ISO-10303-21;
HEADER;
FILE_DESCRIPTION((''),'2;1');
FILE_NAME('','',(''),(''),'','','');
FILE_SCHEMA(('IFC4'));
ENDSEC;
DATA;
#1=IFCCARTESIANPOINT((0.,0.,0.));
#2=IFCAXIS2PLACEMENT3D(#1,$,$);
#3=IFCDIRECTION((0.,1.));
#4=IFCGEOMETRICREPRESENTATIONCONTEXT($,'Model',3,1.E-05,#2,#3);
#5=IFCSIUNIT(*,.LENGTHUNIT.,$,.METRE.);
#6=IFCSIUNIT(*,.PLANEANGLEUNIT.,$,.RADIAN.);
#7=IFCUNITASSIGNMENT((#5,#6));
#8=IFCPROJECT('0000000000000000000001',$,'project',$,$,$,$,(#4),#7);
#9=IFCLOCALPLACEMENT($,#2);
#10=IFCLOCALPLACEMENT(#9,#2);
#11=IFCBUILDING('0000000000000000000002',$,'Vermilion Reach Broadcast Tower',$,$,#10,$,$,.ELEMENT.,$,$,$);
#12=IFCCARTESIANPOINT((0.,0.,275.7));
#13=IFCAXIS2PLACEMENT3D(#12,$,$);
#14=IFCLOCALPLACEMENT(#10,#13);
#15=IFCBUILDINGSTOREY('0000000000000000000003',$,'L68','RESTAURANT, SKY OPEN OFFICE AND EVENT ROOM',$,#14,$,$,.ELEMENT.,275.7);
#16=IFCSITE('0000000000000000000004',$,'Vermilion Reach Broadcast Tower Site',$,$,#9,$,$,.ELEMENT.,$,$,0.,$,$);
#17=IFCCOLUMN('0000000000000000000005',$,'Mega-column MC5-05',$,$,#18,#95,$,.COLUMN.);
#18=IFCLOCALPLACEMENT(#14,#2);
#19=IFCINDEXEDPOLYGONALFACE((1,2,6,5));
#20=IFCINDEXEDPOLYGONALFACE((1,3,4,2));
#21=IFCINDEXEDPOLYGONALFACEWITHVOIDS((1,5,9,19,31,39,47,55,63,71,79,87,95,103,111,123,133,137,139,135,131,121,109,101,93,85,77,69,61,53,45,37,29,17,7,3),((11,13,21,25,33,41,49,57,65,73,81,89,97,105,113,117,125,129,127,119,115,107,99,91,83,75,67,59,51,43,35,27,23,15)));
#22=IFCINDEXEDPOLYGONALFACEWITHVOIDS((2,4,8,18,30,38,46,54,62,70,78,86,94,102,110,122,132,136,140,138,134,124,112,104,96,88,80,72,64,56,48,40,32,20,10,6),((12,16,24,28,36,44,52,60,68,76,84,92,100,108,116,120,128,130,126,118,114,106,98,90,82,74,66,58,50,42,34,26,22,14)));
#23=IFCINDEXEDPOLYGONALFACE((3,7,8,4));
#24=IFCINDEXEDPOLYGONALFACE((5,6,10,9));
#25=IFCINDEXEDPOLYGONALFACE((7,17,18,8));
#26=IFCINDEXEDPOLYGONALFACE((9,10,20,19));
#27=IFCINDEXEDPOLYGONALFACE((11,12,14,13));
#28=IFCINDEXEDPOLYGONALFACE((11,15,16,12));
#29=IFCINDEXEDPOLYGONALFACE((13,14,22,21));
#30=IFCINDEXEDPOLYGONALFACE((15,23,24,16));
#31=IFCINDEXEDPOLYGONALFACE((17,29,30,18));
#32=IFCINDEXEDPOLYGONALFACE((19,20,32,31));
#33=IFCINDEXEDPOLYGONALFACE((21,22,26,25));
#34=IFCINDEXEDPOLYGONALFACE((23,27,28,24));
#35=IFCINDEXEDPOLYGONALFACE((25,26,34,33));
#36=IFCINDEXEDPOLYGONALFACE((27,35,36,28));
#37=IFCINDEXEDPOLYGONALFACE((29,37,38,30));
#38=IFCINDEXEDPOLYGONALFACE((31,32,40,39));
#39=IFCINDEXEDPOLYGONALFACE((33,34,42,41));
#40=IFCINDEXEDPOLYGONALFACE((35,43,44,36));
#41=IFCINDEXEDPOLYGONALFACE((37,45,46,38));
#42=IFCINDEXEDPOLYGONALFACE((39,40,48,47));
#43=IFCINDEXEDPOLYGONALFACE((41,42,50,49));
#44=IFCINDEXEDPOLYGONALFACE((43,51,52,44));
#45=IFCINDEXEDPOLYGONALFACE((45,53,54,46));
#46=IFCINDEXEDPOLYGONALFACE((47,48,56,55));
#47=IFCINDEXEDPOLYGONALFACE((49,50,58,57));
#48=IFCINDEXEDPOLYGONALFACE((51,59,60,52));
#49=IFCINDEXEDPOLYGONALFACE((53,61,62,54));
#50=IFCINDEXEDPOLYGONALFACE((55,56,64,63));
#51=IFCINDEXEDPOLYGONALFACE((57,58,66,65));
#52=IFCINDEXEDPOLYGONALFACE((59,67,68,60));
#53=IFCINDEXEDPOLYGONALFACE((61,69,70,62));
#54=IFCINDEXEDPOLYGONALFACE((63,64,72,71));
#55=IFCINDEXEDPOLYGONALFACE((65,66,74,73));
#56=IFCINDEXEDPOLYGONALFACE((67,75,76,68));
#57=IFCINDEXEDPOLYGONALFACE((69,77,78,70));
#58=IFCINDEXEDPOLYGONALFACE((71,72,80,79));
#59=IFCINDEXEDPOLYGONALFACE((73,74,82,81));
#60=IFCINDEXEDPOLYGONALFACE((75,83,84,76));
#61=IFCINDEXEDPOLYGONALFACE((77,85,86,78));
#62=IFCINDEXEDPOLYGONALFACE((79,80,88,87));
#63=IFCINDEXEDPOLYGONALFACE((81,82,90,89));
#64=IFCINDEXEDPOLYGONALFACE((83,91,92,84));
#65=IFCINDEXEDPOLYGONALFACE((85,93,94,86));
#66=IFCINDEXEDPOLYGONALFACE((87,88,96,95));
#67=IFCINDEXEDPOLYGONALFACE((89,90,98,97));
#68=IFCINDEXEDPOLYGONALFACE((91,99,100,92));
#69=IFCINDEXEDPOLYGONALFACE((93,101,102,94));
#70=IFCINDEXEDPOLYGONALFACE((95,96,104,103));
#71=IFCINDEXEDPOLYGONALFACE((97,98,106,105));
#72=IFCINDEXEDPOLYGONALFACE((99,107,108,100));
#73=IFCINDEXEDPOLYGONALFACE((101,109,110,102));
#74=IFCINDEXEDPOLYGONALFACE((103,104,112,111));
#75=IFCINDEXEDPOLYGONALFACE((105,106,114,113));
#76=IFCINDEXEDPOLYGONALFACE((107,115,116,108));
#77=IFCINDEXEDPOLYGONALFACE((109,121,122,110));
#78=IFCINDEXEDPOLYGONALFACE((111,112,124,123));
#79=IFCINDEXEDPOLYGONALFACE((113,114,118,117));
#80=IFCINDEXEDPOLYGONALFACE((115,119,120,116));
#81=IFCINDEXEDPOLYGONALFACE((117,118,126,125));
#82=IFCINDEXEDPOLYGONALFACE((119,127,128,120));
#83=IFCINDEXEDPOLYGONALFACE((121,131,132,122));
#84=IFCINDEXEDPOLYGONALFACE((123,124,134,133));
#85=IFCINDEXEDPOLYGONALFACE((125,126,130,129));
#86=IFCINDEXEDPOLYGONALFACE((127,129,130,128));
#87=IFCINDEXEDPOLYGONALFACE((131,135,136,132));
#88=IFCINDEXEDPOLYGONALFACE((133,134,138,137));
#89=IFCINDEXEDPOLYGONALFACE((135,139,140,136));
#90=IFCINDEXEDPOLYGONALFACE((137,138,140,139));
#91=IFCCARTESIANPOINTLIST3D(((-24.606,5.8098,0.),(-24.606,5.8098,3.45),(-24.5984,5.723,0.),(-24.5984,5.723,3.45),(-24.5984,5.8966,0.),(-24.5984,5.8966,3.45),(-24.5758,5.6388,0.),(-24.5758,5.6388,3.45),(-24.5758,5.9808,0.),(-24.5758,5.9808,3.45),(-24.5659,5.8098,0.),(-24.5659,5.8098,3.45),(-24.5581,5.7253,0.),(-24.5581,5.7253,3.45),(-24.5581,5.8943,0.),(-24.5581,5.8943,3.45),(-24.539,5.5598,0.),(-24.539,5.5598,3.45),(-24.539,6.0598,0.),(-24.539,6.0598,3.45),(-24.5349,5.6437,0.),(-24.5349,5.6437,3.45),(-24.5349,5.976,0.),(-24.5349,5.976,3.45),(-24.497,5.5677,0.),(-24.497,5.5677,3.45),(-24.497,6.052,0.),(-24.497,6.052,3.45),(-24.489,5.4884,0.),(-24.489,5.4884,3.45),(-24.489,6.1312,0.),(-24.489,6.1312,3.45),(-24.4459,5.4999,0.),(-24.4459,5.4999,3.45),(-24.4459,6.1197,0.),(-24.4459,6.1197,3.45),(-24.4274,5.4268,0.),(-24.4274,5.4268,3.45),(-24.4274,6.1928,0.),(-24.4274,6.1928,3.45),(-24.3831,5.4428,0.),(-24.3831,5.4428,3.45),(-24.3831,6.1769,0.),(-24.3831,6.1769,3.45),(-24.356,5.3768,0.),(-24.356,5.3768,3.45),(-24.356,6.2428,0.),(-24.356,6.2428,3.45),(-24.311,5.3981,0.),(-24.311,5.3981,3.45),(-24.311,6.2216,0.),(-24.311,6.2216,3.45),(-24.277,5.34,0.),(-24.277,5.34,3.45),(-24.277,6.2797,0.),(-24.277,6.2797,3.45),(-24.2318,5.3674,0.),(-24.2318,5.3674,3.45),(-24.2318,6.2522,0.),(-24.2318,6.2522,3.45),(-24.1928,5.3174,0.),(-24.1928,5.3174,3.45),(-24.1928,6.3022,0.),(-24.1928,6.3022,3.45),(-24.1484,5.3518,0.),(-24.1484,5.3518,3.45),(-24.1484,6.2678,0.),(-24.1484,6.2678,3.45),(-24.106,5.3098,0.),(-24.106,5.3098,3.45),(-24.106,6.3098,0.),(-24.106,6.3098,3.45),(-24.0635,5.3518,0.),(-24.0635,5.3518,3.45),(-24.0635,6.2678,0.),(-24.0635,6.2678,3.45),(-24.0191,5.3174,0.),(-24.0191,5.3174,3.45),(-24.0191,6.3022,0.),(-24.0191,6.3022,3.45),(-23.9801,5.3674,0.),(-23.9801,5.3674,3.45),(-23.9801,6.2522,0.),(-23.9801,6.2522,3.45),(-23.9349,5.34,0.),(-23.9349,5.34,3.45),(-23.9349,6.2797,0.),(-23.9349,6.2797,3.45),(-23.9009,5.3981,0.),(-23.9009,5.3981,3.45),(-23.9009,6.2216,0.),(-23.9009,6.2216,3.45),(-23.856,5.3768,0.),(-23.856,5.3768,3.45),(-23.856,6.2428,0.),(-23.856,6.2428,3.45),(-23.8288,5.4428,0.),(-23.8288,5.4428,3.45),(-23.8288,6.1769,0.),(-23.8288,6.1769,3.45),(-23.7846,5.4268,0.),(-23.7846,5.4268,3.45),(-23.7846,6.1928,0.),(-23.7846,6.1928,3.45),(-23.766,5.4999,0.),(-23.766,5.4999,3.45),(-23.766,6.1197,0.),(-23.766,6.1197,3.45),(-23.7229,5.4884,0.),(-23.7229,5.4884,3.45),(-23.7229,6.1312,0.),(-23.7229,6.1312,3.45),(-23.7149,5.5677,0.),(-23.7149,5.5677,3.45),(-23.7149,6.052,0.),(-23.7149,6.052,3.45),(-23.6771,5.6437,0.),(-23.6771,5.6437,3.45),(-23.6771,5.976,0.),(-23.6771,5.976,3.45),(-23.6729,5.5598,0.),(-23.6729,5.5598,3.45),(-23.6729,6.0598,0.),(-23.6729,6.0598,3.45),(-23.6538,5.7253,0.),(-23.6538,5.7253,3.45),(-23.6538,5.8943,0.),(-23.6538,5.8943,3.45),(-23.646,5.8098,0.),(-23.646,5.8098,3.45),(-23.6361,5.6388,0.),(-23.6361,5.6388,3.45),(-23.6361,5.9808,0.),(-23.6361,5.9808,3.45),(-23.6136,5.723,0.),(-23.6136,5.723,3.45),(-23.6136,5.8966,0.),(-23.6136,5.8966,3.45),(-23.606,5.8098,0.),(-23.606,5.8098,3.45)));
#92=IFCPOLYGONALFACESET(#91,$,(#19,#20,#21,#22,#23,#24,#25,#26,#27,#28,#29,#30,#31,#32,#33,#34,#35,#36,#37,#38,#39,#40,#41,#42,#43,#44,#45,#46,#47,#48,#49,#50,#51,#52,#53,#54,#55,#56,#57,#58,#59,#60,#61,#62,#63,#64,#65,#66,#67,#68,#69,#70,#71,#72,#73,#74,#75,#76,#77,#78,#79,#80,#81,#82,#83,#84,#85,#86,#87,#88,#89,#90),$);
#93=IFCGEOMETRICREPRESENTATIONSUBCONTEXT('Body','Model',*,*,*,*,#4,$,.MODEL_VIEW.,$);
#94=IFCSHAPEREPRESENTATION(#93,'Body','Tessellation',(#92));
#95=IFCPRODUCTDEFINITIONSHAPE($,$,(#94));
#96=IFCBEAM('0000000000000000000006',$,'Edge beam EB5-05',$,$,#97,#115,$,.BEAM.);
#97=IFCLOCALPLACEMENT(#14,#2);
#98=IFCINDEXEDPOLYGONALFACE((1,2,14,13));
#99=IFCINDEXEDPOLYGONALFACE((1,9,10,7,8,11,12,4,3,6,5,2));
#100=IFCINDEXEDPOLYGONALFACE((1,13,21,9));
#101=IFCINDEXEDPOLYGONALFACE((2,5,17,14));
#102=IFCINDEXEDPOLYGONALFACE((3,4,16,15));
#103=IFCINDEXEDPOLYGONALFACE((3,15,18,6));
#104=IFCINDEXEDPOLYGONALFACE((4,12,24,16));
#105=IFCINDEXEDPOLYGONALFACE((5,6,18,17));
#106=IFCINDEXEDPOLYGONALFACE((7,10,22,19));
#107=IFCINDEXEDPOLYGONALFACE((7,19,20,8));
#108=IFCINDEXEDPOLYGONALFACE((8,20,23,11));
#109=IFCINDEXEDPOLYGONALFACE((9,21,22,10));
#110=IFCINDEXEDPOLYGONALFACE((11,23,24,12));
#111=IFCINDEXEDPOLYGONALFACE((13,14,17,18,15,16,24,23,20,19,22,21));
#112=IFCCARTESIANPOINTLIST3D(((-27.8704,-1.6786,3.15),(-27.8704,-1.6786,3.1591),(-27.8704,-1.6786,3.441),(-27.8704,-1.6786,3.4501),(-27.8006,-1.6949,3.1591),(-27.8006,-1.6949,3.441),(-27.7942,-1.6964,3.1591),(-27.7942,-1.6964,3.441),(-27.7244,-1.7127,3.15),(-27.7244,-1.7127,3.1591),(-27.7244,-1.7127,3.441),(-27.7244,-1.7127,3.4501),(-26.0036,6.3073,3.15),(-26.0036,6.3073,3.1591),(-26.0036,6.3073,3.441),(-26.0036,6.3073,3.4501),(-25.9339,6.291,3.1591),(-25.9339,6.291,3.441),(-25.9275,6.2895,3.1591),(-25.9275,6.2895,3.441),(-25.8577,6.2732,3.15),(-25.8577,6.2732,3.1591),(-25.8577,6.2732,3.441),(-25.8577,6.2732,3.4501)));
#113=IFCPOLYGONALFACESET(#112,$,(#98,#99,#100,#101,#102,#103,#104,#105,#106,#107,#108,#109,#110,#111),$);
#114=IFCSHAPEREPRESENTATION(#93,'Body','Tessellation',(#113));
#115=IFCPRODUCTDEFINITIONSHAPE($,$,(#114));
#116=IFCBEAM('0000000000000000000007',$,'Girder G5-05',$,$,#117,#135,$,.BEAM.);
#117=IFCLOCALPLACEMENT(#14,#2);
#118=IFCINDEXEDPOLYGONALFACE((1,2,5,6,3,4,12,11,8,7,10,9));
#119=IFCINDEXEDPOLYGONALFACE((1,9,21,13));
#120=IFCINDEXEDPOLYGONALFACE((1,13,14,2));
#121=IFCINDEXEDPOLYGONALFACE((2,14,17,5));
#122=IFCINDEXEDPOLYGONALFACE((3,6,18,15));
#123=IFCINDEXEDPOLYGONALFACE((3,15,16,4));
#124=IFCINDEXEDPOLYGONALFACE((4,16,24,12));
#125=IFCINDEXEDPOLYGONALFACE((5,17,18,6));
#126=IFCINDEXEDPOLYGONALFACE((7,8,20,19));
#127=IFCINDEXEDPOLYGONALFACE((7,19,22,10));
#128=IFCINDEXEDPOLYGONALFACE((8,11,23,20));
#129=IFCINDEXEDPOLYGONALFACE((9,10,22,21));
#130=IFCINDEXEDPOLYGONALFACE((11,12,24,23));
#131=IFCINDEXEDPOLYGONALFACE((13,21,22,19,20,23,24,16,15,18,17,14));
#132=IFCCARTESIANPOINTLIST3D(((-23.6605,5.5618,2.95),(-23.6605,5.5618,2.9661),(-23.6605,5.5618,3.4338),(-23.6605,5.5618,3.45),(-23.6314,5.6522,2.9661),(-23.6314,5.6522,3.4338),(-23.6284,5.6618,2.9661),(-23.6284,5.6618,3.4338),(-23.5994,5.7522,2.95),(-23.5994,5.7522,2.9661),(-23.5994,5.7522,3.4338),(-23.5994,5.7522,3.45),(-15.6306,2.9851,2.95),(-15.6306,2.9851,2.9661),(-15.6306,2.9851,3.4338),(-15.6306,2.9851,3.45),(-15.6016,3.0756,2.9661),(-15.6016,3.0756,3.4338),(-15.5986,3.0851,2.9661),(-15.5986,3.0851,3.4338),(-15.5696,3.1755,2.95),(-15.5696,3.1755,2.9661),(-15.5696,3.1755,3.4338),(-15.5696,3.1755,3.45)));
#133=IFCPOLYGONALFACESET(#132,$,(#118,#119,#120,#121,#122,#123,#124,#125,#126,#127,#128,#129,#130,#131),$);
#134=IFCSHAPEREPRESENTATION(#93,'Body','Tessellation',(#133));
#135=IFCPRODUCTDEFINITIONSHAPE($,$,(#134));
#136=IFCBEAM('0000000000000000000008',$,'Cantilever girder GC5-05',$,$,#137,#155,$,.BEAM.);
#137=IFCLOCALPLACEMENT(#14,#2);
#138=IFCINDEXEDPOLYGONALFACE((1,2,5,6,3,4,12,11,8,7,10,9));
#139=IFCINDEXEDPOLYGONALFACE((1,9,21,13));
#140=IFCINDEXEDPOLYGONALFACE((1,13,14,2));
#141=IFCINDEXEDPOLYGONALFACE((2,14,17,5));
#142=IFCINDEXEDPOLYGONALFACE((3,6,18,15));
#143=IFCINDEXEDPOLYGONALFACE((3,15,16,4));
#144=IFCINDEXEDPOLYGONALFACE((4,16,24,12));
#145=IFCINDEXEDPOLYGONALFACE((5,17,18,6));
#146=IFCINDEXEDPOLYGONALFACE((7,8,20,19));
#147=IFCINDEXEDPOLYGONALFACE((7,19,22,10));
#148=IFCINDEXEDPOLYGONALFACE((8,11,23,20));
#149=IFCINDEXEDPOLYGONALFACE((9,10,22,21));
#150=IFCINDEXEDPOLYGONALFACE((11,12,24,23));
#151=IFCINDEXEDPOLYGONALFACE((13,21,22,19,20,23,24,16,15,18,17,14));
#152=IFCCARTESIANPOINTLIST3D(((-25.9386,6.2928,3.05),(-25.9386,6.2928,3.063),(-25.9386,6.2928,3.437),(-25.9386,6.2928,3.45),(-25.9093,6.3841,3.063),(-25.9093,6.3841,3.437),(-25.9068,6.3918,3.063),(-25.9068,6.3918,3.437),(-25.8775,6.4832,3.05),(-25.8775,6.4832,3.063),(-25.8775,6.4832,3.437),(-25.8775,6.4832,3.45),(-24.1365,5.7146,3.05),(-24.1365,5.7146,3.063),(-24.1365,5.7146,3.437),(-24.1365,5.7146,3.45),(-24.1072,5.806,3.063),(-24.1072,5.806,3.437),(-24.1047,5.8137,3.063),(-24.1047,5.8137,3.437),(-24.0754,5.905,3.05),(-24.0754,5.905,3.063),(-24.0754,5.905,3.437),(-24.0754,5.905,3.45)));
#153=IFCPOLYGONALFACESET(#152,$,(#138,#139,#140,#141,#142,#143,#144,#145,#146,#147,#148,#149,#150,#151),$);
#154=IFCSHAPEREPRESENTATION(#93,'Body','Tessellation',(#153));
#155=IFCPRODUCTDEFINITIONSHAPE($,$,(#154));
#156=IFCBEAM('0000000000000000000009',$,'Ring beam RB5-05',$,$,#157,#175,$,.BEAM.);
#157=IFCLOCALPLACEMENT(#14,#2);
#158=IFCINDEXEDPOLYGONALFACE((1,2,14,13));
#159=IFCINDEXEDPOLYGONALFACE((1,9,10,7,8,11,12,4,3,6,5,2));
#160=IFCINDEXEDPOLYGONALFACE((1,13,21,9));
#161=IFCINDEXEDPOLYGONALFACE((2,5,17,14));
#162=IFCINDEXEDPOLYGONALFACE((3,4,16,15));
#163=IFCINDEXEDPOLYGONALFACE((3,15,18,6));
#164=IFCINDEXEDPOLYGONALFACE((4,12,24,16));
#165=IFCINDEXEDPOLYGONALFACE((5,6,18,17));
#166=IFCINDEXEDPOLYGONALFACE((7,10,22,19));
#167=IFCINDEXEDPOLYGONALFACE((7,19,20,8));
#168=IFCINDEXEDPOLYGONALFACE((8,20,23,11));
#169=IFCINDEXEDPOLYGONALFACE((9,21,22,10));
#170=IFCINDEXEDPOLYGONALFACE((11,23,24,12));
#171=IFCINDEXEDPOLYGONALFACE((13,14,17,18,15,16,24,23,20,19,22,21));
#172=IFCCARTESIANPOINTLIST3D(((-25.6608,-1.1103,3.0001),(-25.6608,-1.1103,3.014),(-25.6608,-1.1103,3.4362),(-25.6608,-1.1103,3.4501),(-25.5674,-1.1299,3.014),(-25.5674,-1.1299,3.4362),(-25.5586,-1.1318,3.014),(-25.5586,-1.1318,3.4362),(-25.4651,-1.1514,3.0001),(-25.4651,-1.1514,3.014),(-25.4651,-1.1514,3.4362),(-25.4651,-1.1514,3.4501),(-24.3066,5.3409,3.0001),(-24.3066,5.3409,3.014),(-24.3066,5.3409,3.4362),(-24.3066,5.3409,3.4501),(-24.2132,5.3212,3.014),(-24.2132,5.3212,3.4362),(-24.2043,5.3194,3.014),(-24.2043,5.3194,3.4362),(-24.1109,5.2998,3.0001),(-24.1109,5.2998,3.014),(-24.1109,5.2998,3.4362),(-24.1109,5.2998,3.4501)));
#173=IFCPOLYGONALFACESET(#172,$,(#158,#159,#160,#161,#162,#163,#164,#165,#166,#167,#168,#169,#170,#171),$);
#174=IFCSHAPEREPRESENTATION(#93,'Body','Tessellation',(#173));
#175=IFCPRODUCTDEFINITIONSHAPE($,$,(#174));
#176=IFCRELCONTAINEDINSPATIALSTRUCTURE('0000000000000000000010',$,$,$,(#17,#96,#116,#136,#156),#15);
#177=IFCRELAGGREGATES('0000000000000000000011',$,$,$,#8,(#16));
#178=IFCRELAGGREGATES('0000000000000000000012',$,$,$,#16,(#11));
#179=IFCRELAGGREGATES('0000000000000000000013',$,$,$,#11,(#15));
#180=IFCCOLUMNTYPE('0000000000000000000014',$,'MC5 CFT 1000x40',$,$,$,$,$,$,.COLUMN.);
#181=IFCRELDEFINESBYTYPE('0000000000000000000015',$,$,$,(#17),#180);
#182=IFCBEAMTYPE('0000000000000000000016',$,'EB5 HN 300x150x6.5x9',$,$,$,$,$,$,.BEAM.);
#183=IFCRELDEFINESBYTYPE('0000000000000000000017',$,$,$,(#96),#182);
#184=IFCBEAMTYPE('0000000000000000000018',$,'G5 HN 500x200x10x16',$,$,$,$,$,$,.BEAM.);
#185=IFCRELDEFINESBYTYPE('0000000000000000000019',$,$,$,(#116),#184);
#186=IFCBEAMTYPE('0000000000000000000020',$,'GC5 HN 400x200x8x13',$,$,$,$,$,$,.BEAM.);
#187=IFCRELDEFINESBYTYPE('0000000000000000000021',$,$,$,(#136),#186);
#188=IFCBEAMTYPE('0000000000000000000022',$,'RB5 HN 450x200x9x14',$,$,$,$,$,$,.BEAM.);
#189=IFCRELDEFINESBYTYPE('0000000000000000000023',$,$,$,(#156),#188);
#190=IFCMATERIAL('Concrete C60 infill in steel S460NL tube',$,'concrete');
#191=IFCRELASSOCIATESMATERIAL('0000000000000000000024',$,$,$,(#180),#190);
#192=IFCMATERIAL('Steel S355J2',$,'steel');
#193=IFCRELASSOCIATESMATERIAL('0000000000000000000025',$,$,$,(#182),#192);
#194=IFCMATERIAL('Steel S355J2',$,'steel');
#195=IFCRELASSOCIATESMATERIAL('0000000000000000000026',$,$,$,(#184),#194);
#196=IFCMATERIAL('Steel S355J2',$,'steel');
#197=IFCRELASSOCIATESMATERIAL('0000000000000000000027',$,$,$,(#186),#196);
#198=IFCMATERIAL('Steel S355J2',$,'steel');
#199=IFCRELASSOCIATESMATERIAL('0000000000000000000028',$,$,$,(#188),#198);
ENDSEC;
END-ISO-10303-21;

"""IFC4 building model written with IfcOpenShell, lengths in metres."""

from ifc_helpers import new_model, si_unit, direction, frame, origin, origin_2d, place, context, subcontext, project, spatial, hollow_circle, i_section, extrude, material, material_profile, profile_set, type_object, element, save


model = new_model("IFC4")

# Units and contexts
model_context = context("Model", 3, precision=1e-05, world=origin(), true_north=direction((0.0, 1.0)))
body_context = subcontext(model_context, "Body", "Model", "MODEL_VIEW")
ifc_project = project(units=[si_unit("LENGTHUNIT", "METRE"), si_unit("PLANEANGLEUNIT", "RADIAN")], contexts=[model_context])

# Site, building, storey
site_placement = place(None, origin())
site = spatial("IfcSite", under=ifc_project, at=site_placement, Name="Vermilion Reach Broadcast Tower Site", CompositionType="ELEMENT", RefElevation=0.0)
building_placement = place(site_placement, origin())
building = spatial("IfcBuilding", under=site, at=building_placement, Name="Vermilion Reach Broadcast Tower", CompositionType="ELEMENT")
storey_placement = place(building_placement, frame((0.0, 0.0, 275.7)))
storey = spatial("IfcBuildingStorey", under=building, at=storey_placement, Name="L68", Description="RESTAURANT, SKY OPEN OFFICE AND EVENT ROOM", CompositionType="ELEMENT", Elevation=275.7)

# Column
ifc_material_1 = material(Name="Concrete C60 infill in steel S460NL tube", Category="concrete")
ifc_material_profile_1 = material_profile(ifc_material_1, hollow_circle(Radius=0.5, WallThickness=0.04, at=origin_2d()), Name="Concrete C60 infill in steel S460NL tube CFT 1000x40")
ifc_profile_set_1 = profile_set([ifc_material_profile_1], Name="Concrete C60 infill in steel S460NL tube")
column_type = type_object("IfcColumnType", Name="MC5 CFT 1000x40", PredefinedType="COLUMN", material=ifc_profile_set_1)
column_placement = place(storey_placement, frame((-24.106, 5.8098, 0.0), z_axis=(0.0, 0.0, 1.0), x_axis=(1.0, 0.0, 0.0)))
element("IfcColumn", 1, at=column_placement, inside=storey, type_object=column_type, Name="Mega-column MC5-05", PredefinedType="COLUMN", context=body_context, shape_type="SweptSolid", body=[
    extrude(hollow_circle(Radius=0.5, WallThickness=0.04, at=origin_2d()), origin(), (0.0, 0.0, 1.0), 3.45),
])

# Beams
ifc_material_2 = material(Name="Steel S355J2", Category="steel")
ifc_material_profile_2 = material_profile(ifc_material_2, i_section(OverallWidth=0.1499, OverallDepth=0.3, WebThickness=0.0066, FlangeThickness=0.009, at=origin_2d()), Name="S355J2 HN 300x150x6.5x9")
ifc_profile_set_2 = profile_set([ifc_material_profile_2], Name="Steel S355J2")
beam_type_1 = type_object("IfcBeamType", Name="EB5 HN 300x150x6.5x9", PredefinedType="BEAM", material=ifc_profile_set_2)
beam_1_placement = place(storey_placement, frame((-25.9307, 6.2903, 3.3), z_axis=(-0.227615, -0.973751, 0.0), x_axis=(0.973751, -0.227615, 0.0)))
element("IfcBeam", 2, at=beam_1_placement, inside=storey, type_object=beam_type_1, Name="Edge beam EB5-05", PredefinedType="BEAM", context=body_context, shape_type="SweptSolid", body=[
    extrude(i_section(OverallWidth=0.1499, OverallDepth=0.3, WebThickness=0.0066, FlangeThickness=0.009, at=origin_2d()), origin(), (0.0, 0.0, 1.0), 8.2012),
])
ifc_material_3 = material(Name="Steel S355J2", Category="steel")
ifc_material_profile_3 = material_profile(ifc_material_3, i_section(OverallWidth=0.2, OverallDepth=0.5, WebThickness=0.01, FlangeThickness=0.0161, at=origin_2d()), Name="S355J2 HN 500x200x10x16")
ifc_profile_set_3 = profile_set([ifc_material_profile_3], Name="Steel S355J2")
beam_type_2 = type_object("IfcBeamType", Name="G5 HN 500x200x10x16", PredefinedType="BEAM", material=ifc_profile_set_3)
beam_2_placement = place(storey_placement, frame((-15.6001, 3.0803, 3.2), z_axis=(-0.952178, 0.305542, 0.0), x_axis=(-0.305542, -0.952178, 0.0)))
element("IfcBeam", 3, at=beam_2_placement, inside=storey, type_object=beam_type_2, Name="Girder G5-05", PredefinedType="BEAM", context=body_context, shape_type="SweptSolid", body=[
    extrude(i_section(OverallWidth=0.2, OverallDepth=0.5, WebThickness=0.01, FlangeThickness=0.0161, at=origin_2d()), origin(), (0.0, 0.0, 1.0), 8.4331),
])
ifc_material_4 = material(Name="Steel S355J2", Category="steel")
ifc_material_profile_4 = material_profile(ifc_material_4, i_section(OverallWidth=0.2, OverallDepth=0.3999, WebThickness=0.0081, FlangeThickness=0.0129, at=origin_2d()), Name="S355J2 HN 400x200x8x13")
ifc_profile_set_4 = profile_set([ifc_material_profile_4], Name="Steel S355J2")
beam_type_3 = type_object("IfcBeamType", Name="GC5 HN 400x200x8x13", PredefinedType="BEAM", material=ifc_profile_set_4)
beam_3_placement = place(storey_placement, frame((-24.106, 5.8098, 3.25), z_axis=(-0.952196, 0.305487, 0.0), x_axis=(-0.305487, -0.952196, 0.0)))
element("IfcBeam", 4, at=beam_3_placement, inside=storey, type_object=beam_type_3, Name="Cantilever girder GC5-05", PredefinedType="BEAM", context=body_context, shape_type="SweptSolid", body=[
    extrude(i_section(OverallWidth=0.2, OverallDepth=0.3999, WebThickness=0.0081, FlangeThickness=0.0129, at=origin_2d()), origin(), (0.0, 0.0, 1.0), 1.8926),
])
ifc_material_5 = material(Name="Steel S355J2", Category="steel")
ifc_material_profile_5 = material_profile(ifc_material_5, i_section(OverallWidth=0.2, OverallDepth=0.45, WebThickness=0.009, FlangeThickness=0.0139, at=origin_2d()), Name="S355J2 HN 450x200x9x14")
ifc_profile_set_5 = profile_set([ifc_material_profile_5], Name="Steel S355J2")
beam_type_4 = type_object("IfcBeamType", Name="RB5 HN 450x200x9x14", PredefinedType="BEAM", material=ifc_profile_set_5)
beam_4_placement = place(storey_placement, frame((-24.2087, 5.3203, 3.2251), z_axis=(-0.205445, -0.978669, 0.0), x_axis=(0.978669, -0.205445, 0.0)))
element("IfcBeam", 5, at=beam_4_placement, inside=storey, type_object=beam_type_4, Name="Ring beam RB5-05", PredefinedType="BEAM", context=body_context, shape_type="SweptSolid", body=[
    extrude(i_section(OverallWidth=0.2, OverallDepth=0.45, WebThickness=0.009, FlangeThickness=0.0139, at=origin_2d()), origin(), (0.0, 0.0, 1.0), 6.5918),
])

save(model, "model.ifc")
